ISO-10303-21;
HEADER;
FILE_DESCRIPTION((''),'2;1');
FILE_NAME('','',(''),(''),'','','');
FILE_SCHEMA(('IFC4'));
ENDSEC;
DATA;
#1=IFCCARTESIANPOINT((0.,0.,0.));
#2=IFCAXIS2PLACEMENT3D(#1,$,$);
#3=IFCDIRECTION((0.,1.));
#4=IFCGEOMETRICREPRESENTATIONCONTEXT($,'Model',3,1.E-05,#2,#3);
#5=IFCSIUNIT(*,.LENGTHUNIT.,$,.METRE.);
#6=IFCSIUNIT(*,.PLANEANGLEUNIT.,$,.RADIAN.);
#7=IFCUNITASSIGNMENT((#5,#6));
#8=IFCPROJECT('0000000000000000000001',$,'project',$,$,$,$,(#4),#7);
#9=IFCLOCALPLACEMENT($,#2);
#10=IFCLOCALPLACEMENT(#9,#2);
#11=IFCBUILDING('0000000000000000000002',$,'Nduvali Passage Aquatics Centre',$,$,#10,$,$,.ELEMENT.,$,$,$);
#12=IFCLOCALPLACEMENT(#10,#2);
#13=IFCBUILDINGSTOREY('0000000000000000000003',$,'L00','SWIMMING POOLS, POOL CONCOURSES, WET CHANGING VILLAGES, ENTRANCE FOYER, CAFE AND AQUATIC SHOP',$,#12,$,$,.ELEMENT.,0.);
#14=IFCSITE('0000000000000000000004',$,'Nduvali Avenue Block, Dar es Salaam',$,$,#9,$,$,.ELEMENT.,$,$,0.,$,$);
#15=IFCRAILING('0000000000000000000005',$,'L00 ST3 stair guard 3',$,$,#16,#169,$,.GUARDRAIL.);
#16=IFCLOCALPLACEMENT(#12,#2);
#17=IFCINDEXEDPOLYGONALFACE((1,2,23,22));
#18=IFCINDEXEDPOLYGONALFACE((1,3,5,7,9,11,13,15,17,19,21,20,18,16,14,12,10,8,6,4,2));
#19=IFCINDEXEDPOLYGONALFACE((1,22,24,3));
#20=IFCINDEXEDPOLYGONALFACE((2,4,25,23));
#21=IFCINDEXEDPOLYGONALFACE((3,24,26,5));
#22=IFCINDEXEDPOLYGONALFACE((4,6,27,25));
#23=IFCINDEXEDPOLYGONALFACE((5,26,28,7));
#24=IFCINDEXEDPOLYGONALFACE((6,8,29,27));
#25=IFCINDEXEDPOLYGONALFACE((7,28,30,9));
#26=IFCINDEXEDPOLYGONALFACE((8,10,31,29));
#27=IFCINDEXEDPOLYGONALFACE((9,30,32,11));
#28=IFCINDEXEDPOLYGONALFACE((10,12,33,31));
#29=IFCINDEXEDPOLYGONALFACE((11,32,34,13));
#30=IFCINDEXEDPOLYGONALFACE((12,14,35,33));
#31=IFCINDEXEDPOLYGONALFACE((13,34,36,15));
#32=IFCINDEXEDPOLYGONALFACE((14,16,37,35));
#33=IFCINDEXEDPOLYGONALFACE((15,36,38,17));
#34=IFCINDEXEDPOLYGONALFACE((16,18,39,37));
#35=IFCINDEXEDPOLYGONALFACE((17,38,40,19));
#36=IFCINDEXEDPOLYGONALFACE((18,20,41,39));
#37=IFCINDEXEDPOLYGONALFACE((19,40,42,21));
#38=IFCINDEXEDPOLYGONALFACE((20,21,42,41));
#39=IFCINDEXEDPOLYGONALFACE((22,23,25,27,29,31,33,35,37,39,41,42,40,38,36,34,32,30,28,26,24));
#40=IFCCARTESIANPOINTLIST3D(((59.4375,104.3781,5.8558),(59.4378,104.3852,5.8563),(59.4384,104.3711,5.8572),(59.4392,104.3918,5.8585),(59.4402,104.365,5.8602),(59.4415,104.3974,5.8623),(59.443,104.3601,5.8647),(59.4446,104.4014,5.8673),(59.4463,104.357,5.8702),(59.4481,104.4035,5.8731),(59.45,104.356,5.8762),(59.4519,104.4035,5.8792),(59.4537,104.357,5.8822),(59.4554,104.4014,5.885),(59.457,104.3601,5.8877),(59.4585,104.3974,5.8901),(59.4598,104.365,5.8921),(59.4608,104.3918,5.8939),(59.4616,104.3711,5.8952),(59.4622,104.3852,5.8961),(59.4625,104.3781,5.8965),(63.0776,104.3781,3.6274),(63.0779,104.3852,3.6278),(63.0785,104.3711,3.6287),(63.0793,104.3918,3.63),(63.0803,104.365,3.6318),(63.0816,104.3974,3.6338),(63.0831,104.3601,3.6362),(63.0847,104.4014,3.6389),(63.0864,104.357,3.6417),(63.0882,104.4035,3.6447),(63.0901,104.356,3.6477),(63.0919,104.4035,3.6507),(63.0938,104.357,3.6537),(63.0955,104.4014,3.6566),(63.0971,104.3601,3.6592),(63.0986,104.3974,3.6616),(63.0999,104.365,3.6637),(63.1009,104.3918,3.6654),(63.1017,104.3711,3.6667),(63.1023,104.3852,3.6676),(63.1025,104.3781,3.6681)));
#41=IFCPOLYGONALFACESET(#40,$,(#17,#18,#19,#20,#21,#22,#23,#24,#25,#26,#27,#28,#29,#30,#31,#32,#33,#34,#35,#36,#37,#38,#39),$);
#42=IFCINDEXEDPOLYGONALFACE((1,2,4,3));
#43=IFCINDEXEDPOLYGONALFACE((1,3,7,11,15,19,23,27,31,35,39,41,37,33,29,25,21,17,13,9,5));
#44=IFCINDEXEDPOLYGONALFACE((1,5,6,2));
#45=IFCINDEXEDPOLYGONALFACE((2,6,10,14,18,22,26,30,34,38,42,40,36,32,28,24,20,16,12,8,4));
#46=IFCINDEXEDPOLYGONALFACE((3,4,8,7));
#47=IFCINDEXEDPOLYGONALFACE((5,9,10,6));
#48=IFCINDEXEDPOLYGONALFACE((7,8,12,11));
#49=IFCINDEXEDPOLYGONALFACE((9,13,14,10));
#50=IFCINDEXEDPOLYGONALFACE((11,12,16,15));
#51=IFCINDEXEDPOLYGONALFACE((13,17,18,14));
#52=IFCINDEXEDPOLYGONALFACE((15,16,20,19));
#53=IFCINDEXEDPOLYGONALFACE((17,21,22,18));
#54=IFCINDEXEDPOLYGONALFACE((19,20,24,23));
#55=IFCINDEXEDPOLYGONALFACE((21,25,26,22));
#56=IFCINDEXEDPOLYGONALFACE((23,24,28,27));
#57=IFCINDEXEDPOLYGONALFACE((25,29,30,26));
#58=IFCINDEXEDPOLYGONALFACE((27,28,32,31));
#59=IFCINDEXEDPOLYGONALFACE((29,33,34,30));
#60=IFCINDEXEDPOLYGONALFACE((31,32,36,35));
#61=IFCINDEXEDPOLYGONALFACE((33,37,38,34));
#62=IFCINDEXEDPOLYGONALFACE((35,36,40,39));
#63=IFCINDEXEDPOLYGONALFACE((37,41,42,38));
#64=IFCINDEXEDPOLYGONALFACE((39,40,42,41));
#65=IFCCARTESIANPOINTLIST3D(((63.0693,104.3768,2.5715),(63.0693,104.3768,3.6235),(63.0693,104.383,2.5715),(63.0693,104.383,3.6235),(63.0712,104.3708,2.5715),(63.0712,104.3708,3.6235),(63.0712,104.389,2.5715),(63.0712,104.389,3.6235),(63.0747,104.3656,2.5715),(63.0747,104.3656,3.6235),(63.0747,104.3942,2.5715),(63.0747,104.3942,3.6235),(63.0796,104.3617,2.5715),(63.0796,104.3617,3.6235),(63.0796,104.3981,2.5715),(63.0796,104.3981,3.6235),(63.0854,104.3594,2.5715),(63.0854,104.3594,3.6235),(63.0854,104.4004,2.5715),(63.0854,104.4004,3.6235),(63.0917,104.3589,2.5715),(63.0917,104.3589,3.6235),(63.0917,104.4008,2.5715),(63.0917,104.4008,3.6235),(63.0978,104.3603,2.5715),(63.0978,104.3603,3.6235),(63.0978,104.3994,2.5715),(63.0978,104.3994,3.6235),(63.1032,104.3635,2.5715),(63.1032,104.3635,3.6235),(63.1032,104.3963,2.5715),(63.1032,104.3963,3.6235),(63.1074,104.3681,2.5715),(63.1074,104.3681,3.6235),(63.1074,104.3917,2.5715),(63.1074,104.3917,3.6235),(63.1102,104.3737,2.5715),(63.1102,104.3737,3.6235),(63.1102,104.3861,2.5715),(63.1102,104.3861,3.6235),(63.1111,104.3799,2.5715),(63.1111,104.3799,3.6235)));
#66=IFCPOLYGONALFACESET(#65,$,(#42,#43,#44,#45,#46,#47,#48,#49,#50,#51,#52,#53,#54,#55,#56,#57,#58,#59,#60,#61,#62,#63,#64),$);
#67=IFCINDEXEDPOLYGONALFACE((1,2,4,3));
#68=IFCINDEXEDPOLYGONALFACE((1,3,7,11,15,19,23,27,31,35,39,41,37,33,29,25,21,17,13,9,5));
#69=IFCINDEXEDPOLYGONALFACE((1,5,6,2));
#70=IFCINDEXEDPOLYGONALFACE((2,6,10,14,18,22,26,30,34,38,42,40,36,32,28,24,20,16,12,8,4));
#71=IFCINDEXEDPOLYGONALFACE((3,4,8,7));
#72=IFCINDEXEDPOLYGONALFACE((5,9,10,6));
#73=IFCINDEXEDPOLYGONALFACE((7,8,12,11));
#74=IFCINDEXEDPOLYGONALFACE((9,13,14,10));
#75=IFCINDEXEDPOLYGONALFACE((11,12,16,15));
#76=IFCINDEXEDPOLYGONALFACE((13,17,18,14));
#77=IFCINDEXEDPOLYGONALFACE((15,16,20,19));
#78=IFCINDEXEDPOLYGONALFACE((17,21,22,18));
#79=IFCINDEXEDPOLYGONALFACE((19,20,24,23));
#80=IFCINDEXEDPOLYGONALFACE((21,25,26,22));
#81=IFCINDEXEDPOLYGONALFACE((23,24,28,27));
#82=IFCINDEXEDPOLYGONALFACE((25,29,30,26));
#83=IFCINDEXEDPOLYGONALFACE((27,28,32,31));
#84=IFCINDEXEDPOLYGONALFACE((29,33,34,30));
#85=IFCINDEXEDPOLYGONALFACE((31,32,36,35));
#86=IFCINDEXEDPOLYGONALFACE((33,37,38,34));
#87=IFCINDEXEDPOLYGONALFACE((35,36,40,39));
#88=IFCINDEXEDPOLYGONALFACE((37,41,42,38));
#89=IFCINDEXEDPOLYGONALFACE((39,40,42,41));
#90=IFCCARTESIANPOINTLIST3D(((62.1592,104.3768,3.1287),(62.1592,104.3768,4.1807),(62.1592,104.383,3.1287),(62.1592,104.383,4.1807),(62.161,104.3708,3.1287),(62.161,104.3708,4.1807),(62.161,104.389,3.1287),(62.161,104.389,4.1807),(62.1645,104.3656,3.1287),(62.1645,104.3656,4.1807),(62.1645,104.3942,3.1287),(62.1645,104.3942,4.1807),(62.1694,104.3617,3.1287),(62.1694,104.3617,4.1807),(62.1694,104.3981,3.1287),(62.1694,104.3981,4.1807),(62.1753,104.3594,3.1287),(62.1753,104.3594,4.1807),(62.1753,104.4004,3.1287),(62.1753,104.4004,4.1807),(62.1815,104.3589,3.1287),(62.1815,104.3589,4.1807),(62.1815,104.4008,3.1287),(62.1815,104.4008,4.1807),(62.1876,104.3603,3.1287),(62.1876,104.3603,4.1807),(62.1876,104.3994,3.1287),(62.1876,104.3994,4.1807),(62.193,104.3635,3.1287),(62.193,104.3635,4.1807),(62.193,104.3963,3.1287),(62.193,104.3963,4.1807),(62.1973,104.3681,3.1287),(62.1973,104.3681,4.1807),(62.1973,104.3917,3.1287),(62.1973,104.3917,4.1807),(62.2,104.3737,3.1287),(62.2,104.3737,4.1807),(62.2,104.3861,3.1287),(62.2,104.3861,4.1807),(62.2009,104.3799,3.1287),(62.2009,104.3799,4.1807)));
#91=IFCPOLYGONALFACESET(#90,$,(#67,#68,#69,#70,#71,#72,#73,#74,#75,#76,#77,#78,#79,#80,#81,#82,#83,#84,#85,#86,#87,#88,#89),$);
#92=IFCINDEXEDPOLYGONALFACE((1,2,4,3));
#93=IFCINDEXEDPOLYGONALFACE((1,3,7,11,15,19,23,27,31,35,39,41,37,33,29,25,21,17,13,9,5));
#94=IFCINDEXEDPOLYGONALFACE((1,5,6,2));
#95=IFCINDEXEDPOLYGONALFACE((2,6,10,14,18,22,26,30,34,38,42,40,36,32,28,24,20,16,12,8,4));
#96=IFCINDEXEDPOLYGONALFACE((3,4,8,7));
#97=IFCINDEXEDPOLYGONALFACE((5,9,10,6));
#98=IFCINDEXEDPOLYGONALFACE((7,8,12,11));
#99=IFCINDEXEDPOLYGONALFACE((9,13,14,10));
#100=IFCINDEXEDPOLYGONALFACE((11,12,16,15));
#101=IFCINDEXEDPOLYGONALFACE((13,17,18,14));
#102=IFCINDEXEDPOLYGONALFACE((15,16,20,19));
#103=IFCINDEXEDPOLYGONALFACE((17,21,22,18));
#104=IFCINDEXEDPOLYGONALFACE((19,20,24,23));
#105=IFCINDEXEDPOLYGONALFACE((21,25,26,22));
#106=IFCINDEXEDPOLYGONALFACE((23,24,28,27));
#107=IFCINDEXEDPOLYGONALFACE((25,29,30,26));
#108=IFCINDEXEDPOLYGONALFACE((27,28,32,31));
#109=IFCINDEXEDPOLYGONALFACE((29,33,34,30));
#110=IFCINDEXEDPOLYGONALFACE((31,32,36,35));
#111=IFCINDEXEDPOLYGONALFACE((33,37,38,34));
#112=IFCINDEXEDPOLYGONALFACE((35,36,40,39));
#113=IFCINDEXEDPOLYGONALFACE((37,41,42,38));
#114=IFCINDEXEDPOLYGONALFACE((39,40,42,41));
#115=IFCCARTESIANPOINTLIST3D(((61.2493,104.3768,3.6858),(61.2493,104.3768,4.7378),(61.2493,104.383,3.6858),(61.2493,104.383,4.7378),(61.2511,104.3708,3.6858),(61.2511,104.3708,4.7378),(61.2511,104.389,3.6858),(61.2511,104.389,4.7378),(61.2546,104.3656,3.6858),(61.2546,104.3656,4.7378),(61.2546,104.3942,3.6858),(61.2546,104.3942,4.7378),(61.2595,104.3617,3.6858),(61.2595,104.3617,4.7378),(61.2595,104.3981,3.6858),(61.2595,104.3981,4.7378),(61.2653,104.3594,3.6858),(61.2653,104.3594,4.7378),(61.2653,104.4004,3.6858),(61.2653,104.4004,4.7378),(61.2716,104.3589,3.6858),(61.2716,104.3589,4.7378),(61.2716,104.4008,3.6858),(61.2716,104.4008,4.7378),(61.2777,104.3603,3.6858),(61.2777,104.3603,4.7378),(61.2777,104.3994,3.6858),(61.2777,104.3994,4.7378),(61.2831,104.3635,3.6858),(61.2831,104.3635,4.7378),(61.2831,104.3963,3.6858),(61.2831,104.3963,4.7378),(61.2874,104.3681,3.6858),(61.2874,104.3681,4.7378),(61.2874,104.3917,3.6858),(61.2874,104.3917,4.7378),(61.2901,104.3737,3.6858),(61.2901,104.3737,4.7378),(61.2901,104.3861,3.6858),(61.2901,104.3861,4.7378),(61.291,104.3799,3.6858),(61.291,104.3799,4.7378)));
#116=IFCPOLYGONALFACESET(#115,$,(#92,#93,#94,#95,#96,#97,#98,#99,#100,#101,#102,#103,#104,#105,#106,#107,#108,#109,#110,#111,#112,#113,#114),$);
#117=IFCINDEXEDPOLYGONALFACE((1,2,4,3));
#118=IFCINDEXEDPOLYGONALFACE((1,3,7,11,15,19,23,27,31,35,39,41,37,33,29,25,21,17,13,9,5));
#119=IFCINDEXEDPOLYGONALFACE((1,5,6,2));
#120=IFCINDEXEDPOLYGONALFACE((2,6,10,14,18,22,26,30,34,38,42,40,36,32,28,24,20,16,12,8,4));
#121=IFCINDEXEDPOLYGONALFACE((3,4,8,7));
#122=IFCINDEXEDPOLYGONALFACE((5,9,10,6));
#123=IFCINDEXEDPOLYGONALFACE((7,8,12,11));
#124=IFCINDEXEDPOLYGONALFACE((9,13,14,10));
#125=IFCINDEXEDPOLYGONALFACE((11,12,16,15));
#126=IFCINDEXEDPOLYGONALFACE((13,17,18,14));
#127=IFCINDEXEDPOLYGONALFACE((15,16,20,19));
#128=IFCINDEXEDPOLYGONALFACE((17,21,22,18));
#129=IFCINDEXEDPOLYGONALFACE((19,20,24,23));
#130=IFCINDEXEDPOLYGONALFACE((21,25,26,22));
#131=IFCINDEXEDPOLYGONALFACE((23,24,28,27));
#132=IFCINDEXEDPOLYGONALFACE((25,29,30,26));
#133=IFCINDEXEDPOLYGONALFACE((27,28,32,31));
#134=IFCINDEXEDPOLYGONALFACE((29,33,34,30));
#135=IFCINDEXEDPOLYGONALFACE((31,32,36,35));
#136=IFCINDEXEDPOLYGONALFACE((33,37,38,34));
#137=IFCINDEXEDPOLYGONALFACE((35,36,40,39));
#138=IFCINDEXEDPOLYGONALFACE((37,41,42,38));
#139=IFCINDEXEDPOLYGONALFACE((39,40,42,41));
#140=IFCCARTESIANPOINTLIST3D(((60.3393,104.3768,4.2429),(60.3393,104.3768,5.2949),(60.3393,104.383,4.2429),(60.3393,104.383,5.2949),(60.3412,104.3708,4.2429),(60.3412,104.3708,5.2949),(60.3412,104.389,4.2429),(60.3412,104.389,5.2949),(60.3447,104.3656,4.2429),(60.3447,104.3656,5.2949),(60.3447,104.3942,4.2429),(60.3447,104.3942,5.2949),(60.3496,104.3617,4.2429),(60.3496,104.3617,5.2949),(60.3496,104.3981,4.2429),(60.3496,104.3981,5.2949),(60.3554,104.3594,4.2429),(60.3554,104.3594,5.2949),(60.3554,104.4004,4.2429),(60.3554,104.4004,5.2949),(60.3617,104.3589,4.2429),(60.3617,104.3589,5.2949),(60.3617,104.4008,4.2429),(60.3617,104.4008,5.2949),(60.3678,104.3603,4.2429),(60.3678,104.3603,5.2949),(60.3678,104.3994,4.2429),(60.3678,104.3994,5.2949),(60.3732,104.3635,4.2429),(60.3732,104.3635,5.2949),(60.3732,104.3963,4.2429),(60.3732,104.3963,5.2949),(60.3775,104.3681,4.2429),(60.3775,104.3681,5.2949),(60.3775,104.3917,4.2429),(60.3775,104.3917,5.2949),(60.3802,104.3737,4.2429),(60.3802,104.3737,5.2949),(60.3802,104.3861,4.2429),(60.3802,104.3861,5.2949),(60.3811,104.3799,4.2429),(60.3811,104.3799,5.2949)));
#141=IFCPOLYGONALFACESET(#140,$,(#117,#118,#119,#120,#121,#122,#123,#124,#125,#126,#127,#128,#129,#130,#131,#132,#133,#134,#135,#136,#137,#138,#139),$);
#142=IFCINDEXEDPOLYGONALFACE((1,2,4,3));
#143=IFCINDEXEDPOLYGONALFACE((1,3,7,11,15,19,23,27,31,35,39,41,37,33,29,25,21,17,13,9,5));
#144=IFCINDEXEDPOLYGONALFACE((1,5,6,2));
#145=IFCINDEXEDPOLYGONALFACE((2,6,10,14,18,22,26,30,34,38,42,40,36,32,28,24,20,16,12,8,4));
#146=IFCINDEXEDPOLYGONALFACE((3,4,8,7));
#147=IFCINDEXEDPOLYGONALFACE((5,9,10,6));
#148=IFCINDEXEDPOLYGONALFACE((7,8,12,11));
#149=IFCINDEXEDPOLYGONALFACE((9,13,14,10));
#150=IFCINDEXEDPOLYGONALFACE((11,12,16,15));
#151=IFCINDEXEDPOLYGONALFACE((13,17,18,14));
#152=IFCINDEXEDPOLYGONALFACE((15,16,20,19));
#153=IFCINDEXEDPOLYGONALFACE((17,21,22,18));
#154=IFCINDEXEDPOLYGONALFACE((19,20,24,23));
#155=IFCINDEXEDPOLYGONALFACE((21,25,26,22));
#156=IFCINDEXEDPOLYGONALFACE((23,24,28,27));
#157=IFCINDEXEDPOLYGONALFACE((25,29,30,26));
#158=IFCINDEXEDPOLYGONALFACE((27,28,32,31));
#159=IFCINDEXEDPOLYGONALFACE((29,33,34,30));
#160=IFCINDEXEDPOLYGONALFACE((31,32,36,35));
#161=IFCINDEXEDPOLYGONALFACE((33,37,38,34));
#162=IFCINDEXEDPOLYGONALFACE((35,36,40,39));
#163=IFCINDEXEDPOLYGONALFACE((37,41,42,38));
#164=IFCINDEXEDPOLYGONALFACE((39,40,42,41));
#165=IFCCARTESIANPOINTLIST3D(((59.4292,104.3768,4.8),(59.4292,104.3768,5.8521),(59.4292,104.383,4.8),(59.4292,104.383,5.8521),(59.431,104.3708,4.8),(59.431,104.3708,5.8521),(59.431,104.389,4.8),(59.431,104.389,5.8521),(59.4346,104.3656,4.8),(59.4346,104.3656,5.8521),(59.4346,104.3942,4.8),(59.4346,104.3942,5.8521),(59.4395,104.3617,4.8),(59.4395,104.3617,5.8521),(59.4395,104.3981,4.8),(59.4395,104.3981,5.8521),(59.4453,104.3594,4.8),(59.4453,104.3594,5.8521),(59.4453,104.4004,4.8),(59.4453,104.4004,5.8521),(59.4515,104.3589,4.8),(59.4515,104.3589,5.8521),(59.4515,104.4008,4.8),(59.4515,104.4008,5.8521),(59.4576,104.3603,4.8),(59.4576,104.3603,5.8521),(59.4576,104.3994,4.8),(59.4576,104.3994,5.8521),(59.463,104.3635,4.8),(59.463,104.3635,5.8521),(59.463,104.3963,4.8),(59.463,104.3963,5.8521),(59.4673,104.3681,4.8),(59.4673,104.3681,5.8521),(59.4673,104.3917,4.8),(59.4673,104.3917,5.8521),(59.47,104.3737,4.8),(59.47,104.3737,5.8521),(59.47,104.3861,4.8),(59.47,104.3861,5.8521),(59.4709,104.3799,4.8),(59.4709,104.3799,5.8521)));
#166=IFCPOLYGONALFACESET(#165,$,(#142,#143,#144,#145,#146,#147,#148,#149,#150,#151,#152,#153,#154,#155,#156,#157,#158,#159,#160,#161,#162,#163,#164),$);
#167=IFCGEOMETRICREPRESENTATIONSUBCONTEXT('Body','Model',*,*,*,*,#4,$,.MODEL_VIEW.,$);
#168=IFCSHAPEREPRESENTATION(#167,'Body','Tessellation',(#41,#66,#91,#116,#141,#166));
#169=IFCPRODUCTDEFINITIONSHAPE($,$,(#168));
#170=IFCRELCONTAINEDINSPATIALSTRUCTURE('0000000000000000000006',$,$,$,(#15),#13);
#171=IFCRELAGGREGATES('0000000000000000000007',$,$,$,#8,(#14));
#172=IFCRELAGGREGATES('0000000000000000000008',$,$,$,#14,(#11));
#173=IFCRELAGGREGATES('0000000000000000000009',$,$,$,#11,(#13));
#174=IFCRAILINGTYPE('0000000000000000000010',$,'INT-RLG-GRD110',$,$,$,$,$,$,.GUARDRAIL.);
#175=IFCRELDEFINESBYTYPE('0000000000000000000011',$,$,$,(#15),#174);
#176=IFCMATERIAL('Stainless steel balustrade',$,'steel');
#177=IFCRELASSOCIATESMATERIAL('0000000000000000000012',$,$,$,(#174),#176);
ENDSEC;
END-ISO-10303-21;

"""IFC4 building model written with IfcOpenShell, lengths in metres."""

from ifc_helpers import new_model, si_unit, direction, frame, origin, origin_2d, place, context, subcontext, project, spatial, circle, extrude, material, type_object, element, save


model = new_model("IFC4")

# Units and contexts
model_context = context("Model", 3, precision=1e-05, world=origin(), true_north=direction((0.0, 1.0)))
body_context = subcontext(model_context, "Body", "Model", "MODEL_VIEW")
ifc_project = project(units=[si_unit("LENGTHUNIT", "METRE"), si_unit("PLANEANGLEUNIT", "RADIAN")], contexts=[model_context])

# Site, building, storey
site_placement = place(None, origin())
site = spatial("IfcSite", under=ifc_project, at=site_placement, Name="Nduvali Avenue Block, Dar es Salaam", CompositionType="ELEMENT", RefElevation=0.0)
building_placement = place(site_placement, origin())
building = spatial("IfcBuilding", under=site, at=building_placement, Name="Nduvali Passage Aquatics Centre", CompositionType="ELEMENT")
storey_placement = place(building_placement, origin())
storey = spatial("IfcBuildingStorey", under=building, at=storey_placement, Name="L00", Description="SWIMMING POOLS, POOL CONCOURSES, WET CHANGING VILLAGES, ENTRANCE FOYER, CAFE AND AQUATIC SHOP", CompositionType="ELEMENT", Elevation=0.0)

# Railing
ifc_material_1 = material(Name="Stainless steel balustrade", Category="steel")
railing_type_1 = type_object("IfcRailingType", Name="INT-RLG-GRD110", PredefinedType="GUARDRAIL", material=ifc_material_1)
railing_1_placement = place(storey_placement, frame((63.0901, 104.3799, 2.5715)))
element("IfcRailing", 1, at=railing_1_placement, inside=storey, type_object=railing_type_1, Name="L00 ST3 stair guard 3", PredefinedType="GUARDRAIL", context=body_context, shape_type="SweptSolid", body=[
    extrude(circle(Radius=0.0239, at=origin_2d()), frame((0.0, 0.0, 1.0762), z_axis=(-0.852866, 0.0, 0.52213), x_axis=(0.0, -1.0, 0.0)), (0.0, 0.0, 1.0), 4.2681),
    extrude(circle(Radius=0.021, at=origin_2d()), origin(), (0.0, 0.0, 1.0), 1.052),
    extrude(circle(Radius=0.021, at=origin_2d()), frame((-0.9102, 0.0, 0.5571)), (0.0, 0.0, 1.0), 1.052),
    extrude(circle(Radius=0.021, at=origin_2d()), frame((-1.8201, 0.0, 1.1143)), (0.0, 0.0, 1.0), 1.052),
    extrude(circle(Radius=0.021, at=origin_2d()), frame((-2.73, 0.0, 1.6714)), (0.0, 0.0, 1.0), 1.052),
    extrude(circle(Radius=0.021, at=origin_2d()), frame((-3.6401, 0.0, 2.2285)), (0.0, 0.0, 1.0), 1.052),
])

save(model, "model.ifc")
